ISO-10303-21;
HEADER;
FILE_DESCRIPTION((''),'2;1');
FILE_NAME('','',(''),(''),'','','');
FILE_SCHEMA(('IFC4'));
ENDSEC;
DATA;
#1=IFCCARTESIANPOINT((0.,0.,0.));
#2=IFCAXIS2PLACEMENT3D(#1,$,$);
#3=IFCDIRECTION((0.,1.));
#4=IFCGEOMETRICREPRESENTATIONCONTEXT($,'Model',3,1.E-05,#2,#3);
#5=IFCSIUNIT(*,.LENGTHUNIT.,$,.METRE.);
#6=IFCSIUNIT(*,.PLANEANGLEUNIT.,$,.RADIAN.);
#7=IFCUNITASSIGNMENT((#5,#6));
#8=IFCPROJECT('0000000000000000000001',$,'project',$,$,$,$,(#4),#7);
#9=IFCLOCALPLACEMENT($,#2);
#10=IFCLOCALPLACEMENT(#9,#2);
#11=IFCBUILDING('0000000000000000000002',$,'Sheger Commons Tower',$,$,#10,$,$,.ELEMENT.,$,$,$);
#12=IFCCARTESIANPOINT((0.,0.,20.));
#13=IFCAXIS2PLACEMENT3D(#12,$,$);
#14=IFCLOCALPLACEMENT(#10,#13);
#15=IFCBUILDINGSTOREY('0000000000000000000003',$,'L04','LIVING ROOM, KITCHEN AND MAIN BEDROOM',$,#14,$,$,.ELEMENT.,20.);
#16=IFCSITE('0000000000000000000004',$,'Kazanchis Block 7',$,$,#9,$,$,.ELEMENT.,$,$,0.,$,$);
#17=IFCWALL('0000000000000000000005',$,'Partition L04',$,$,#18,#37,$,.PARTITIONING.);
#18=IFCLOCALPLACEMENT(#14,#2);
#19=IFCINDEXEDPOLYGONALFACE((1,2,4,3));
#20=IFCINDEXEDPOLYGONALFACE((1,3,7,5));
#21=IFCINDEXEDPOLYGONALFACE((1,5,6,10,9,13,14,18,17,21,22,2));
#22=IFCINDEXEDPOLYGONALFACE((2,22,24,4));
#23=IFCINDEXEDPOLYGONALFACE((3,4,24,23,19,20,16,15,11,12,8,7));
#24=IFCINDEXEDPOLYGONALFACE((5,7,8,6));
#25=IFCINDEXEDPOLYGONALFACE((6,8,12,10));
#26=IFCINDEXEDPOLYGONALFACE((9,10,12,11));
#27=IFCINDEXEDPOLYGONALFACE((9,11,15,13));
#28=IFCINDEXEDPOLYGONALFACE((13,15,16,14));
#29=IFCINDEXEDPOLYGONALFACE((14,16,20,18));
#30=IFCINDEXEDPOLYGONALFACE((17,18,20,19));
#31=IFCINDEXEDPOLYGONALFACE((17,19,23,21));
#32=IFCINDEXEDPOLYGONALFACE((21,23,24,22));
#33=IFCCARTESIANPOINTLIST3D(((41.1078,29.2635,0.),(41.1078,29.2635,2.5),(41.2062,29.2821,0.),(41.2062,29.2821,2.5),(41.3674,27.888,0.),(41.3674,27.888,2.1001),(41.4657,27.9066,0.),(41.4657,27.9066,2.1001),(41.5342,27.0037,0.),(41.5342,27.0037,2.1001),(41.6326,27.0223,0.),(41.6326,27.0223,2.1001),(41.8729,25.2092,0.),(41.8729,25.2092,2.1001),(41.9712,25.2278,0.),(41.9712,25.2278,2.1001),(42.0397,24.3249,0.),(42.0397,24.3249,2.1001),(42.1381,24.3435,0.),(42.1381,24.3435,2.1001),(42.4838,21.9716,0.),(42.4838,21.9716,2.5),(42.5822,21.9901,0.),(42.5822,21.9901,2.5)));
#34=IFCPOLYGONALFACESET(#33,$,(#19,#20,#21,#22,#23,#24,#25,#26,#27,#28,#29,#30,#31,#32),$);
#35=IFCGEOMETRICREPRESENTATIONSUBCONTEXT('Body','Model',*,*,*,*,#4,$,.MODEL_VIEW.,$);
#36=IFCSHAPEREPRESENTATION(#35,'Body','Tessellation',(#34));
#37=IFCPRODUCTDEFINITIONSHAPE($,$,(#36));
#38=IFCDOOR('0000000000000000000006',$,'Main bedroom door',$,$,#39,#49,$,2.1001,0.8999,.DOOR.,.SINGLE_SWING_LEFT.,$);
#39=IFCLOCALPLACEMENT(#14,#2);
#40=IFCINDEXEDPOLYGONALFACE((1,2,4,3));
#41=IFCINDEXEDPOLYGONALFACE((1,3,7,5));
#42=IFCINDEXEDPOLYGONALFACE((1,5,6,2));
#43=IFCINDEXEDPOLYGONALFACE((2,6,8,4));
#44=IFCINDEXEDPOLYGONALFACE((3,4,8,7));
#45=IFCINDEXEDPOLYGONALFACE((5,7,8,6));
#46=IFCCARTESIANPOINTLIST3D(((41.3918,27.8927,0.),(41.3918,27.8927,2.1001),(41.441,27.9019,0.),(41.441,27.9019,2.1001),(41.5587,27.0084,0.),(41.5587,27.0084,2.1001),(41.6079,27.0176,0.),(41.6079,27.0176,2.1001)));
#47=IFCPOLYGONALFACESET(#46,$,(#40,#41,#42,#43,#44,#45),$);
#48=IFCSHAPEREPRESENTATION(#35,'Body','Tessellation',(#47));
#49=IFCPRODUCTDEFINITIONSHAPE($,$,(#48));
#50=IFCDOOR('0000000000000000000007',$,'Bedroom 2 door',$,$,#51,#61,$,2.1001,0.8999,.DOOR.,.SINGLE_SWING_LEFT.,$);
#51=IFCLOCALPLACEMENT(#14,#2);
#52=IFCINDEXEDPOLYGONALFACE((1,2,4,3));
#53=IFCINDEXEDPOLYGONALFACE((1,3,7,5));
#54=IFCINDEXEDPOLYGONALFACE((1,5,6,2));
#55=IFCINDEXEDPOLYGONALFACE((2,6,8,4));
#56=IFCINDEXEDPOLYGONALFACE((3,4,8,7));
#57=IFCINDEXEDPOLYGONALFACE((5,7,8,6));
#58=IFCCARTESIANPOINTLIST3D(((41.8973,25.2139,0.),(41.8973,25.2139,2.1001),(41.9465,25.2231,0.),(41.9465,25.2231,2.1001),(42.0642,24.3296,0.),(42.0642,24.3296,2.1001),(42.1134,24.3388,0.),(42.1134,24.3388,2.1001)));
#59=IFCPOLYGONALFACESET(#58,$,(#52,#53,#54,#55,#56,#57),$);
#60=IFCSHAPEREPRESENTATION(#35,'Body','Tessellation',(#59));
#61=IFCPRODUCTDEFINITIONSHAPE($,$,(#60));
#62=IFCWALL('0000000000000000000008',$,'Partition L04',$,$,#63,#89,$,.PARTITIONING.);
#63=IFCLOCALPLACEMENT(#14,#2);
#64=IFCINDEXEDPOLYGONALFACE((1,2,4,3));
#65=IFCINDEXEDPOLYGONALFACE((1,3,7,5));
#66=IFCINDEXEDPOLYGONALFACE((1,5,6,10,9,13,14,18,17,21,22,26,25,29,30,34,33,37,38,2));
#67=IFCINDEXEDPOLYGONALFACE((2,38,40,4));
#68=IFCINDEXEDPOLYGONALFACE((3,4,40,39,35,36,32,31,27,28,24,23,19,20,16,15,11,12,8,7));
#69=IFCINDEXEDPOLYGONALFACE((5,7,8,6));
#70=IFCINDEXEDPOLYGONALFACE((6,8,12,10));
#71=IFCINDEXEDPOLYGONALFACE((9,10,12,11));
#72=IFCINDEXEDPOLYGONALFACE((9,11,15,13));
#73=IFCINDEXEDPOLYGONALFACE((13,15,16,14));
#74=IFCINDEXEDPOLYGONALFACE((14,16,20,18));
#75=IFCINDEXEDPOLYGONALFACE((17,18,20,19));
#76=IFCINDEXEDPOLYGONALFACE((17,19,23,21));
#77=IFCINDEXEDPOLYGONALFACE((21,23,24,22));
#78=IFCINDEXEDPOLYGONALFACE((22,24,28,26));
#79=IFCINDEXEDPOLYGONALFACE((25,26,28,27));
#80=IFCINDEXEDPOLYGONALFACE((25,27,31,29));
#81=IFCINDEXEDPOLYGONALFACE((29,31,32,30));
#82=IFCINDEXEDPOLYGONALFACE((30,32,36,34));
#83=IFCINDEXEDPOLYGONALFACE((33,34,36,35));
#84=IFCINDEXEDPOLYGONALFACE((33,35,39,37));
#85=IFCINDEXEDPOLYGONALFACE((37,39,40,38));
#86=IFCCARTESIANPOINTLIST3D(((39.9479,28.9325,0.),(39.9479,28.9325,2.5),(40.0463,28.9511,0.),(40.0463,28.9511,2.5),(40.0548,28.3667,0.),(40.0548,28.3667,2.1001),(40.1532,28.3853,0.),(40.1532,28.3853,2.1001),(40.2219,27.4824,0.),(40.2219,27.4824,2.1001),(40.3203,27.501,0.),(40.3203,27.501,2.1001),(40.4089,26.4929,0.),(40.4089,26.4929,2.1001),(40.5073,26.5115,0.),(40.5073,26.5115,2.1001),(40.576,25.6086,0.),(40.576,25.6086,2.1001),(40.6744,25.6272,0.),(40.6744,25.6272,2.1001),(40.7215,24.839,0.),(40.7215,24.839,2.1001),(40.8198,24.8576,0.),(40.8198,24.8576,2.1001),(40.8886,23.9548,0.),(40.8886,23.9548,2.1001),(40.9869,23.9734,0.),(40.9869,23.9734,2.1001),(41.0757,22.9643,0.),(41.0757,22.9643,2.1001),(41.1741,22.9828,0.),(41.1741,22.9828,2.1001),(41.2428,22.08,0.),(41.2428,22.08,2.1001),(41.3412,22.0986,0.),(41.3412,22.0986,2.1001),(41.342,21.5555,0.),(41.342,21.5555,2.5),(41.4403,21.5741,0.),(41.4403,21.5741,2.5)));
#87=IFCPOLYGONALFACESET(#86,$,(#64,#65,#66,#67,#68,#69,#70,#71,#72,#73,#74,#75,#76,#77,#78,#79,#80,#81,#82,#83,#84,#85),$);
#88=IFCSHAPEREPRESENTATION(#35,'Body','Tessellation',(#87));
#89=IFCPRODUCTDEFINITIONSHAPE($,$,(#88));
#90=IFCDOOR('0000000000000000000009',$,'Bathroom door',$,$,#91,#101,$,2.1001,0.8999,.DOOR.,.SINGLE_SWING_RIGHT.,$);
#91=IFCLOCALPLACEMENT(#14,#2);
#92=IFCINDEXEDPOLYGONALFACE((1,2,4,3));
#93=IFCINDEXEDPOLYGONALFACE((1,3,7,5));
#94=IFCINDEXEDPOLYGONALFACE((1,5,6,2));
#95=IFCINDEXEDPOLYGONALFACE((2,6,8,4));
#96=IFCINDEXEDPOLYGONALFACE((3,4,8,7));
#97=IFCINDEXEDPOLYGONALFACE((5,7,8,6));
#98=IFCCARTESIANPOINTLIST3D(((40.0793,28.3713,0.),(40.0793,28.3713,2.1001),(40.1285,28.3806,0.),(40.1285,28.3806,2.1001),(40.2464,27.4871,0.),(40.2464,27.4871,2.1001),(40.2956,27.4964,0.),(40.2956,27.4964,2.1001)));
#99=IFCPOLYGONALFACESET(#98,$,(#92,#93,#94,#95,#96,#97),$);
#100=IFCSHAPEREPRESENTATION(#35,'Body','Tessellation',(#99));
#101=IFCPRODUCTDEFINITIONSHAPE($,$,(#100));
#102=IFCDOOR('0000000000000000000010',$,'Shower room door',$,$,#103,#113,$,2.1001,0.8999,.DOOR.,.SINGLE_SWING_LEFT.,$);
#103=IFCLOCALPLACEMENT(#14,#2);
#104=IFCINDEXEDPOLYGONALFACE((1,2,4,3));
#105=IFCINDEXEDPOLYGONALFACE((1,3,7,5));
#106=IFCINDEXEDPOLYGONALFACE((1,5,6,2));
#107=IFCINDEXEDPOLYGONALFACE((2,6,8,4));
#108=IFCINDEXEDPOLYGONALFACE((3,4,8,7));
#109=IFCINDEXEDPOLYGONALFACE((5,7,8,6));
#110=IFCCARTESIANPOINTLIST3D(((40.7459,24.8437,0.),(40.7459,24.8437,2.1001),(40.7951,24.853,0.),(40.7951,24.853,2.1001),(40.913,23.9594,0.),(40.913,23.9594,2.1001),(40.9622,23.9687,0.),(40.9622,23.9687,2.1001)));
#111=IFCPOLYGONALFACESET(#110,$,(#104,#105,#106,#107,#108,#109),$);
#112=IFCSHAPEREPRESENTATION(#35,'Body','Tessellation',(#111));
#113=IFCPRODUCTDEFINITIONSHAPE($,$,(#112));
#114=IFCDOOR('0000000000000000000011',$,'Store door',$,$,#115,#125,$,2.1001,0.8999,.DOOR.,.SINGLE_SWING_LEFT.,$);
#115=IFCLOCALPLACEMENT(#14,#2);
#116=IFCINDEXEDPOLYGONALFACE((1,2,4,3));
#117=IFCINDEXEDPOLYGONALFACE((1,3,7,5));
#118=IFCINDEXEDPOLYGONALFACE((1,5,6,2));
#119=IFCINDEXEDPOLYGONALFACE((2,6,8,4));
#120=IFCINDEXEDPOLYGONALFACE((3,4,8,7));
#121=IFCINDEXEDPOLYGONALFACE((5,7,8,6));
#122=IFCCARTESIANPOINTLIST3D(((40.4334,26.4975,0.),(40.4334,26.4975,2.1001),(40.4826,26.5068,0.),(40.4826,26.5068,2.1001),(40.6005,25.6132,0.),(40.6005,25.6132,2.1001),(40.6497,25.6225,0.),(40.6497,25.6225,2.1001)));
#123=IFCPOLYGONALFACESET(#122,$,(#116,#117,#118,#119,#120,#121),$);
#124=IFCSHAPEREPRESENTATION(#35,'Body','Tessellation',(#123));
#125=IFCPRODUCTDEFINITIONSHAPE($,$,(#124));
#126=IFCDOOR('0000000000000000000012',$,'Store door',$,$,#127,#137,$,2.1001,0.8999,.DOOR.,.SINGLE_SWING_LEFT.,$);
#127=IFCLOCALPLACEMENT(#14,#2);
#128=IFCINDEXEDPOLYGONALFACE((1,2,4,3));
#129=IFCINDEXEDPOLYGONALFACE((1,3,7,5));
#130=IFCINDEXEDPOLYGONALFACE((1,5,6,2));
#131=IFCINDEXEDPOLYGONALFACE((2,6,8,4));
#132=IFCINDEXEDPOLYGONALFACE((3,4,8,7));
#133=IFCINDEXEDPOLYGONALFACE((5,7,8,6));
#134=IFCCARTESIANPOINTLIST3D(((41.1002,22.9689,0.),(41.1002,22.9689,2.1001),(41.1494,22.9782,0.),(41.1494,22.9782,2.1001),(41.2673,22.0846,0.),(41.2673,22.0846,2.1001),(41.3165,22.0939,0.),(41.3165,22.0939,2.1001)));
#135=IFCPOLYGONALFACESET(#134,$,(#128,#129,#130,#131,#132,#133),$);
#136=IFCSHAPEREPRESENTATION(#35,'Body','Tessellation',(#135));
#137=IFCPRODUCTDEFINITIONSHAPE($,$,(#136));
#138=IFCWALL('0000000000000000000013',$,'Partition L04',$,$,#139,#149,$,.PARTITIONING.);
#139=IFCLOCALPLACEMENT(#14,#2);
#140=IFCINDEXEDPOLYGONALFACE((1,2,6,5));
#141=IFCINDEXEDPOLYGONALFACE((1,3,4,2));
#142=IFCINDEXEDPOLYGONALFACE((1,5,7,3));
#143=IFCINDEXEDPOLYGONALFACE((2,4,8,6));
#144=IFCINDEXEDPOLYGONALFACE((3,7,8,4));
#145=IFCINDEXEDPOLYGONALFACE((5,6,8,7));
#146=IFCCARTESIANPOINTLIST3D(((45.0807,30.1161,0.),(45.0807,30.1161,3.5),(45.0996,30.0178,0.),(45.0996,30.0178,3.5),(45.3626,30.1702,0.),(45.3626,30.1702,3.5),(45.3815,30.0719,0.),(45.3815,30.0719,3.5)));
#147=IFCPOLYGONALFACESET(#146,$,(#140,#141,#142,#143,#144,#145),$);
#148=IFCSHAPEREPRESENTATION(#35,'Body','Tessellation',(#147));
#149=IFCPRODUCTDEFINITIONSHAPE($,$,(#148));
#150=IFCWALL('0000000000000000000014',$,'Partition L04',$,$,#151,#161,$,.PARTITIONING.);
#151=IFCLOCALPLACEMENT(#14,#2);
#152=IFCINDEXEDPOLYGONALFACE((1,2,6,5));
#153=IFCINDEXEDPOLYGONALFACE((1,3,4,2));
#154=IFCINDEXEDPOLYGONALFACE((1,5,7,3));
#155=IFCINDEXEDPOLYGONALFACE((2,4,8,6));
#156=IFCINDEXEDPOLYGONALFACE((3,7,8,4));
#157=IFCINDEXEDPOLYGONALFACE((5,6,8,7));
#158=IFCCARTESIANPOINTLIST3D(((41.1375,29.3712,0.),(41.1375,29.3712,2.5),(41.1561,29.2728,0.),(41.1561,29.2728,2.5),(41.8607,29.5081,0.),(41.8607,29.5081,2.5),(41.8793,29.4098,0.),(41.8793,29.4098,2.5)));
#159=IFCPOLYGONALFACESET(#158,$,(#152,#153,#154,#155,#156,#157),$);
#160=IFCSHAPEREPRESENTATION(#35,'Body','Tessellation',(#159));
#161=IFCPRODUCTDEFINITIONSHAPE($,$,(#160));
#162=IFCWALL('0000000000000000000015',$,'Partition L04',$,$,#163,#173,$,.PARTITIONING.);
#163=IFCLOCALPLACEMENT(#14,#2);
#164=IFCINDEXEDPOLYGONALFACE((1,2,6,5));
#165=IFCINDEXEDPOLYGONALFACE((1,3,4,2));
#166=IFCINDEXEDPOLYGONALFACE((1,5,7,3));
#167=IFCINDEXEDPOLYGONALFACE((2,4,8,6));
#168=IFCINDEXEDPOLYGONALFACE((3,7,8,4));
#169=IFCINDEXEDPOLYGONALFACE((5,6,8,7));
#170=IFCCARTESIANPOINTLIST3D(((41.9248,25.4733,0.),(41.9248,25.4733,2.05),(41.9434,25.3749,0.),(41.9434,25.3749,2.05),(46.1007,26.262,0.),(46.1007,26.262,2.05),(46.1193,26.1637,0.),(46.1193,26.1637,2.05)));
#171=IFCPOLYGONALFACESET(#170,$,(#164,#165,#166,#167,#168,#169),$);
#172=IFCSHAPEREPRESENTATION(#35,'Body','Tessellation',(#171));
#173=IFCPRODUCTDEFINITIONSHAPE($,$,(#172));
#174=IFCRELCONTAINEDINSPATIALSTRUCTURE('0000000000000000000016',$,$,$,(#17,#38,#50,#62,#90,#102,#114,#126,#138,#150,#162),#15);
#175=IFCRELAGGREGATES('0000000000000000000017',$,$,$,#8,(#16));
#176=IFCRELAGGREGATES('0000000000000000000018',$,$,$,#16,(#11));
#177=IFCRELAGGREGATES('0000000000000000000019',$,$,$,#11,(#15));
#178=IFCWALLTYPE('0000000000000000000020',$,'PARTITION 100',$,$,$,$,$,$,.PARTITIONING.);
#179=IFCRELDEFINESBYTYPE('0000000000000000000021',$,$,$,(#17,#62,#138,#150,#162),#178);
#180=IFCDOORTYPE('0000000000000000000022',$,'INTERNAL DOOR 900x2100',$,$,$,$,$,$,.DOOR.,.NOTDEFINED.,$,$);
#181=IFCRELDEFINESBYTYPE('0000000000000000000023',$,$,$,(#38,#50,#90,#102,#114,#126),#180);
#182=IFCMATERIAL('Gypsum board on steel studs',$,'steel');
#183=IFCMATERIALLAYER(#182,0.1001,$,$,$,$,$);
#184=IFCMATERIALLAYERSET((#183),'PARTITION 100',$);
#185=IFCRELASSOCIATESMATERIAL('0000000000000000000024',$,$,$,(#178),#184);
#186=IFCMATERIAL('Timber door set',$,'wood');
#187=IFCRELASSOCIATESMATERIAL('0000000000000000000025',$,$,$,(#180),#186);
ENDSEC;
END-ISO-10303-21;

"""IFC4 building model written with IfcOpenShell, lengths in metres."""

from ifc_helpers import new_model, si_unit, direction, frame, frame_2d, origin, place, context, subcontext, project, spatial, rectangle, extrude, material, layer, layer_set, type_object, element, fill, save


model = new_model("IFC4")

# Units and contexts
model_context = context("Model", 3, precision=1e-05, world=origin(), true_north=direction((0.0, 1.0)))
body_context = subcontext(model_context, "Body", "Model", "MODEL_VIEW")
ifc_project = project(units=[si_unit("LENGTHUNIT", "METRE"), si_unit("PLANEANGLEUNIT", "RADIAN")], contexts=[model_context])

# Site, building, storey
site_placement = place(None, origin())
site = spatial("IfcSite", under=ifc_project, at=site_placement, Name="Kazanchis Block 7", CompositionType="ELEMENT", RefElevation=0.0)
building_placement = place(site_placement, origin())
building = spatial("IfcBuilding", under=site, at=building_placement, Name="Sheger Commons Tower", CompositionType="ELEMENT")
storey_placement = place(building_placement, frame((0.0, 0.0, 20.0)))
storey = spatial("IfcBuildingStorey", under=building, at=storey_placement, Name="L04", Description="LIVING ROOM, KITCHEN AND MAIN BEDROOM", CompositionType="ELEMENT", Elevation=20.0)

# Walls, openings, doors
ifc_material_1 = material(Name="Gypsum board on steel studs", Category="steel")
ifc_layer_1 = layer(ifc_material_1, 0.1001)
ifc_layer_set_1 = layer_set([ifc_layer_1], Name="PARTITION 100")
wall_type_1 = type_object("IfcWallType", Name="PARTITION 100", PredefinedType="PARTITIONING", material=ifc_layer_set_1)
wall_1_placement = place(storey_placement, frame((41.157, 29.2729, 0.0), z_axis=(0.0, 0.0, 1.0), x_axis=(0.185425, -0.982658, 0.0)))
wall_1 = element("IfcWall", 1, at=wall_1_placement, inside=storey, type_object=wall_type_1, Name="Partition L04", PredefinedType="PARTITIONING", context=body_context, shape_type="SweptSolid", body=[
    extrude(rectangle(XDim=7.4207, YDim=0.1001, at=frame_2d((3.7104, 0.0))), origin(), (0.0, 0.0, 1.0), 2.5),
])
opening_1_placement = place(wall_1_placement, frame((1.3999, 0.0, 0.0)))
opening_1 = element("IfcOpeningElement", 2, at=opening_1_placement, cuts=wall_1, PredefinedType="OPENING", context=body_context, shape_type="SweptSolid", body=[
    extrude(rectangle(XDim=0.8999, YDim=2.1001, at=frame_2d((0.45, 1.05))), frame((0.0, 0.0601, 0.0), z_axis=(0.0, -1.0, 0.0), x_axis=(1.0, 0.0, 0.0)), (0.0, 0.0, 1.0), 0.1201),
])
opening_2_placement = place(wall_1_placement, frame((4.126, 0.0, 0.0)))
opening_2 = element("IfcOpeningElement", 3, at=opening_2_placement, cuts=wall_1, PredefinedType="OPENING", context=body_context, shape_type="SweptSolid", body=[
    extrude(rectangle(XDim=0.8999, YDim=2.1001, at=frame_2d((0.45, 1.05))), frame((0.0, 0.0601, 0.0), z_axis=(0.0, -1.0, 0.0), x_axis=(1.0, 0.0, 0.0)), (0.0, 0.0, 1.0), 0.1201),
])
ifc_material_2 = material(Name="Timber door set", Category="wood")
door_type = type_object("IfcDoorType", Name="INTERNAL DOOR 900x2100", OperationType="NOTDEFINED", PredefinedType="DOOR", material=ifc_material_2)
door_1_placement = place(opening_1_placement, origin())
door_1 = element("IfcDoor", 4, at=door_1_placement, inside=storey, type_object=door_type, Name="Main bedroom door", OperationType="SINGLE_SWING_LEFT", OverallHeight=2.1001, OverallWidth=0.8999, PredefinedType="DOOR", context=body_context, shape_type="SweptSolid", body=[
    extrude(rectangle(XDim=0.8999, YDim=2.1001, at=frame_2d((0.45, 1.05))), frame((0.0, 0.0249, 0.0), z_axis=(0.0, -1.0, 0.0), x_axis=(1.0, 0.0, 0.0)), (0.0, 0.0, 1.0), 0.05),
])
fill(opening_1, door_1)
door_2_placement = place(opening_2_placement, origin())
door_2 = element("IfcDoor", 5, at=door_2_placement, inside=storey, type_object=door_type, Name="Bedroom 2 door", OperationType="SINGLE_SWING_LEFT", OverallHeight=2.1001, OverallWidth=0.8999, PredefinedType="DOOR", context=body_context, shape_type="SweptSolid", body=[
    extrude(rectangle(XDim=0.8999, YDim=2.1001, at=frame_2d((0.45, 1.05))), frame((0.0, 0.0249, 0.0), z_axis=(0.0, -1.0, 0.0), x_axis=(1.0, 0.0, 0.0)), (0.0, 0.0, 1.0), 0.05),
])
fill(opening_2, door_2)
wall_2_placement = place(storey_placement, frame((39.9971, 28.9419, 0.0), z_axis=(0.0, 0.0, 1.0), x_axis=(0.185686, -0.982609, 0.0)))
wall_2 = element("IfcWall", 6, at=wall_2_placement, inside=storey, type_object=wall_type_1, Name="Partition L04", PredefinedType="PARTITIONING", context=body_context, shape_type="SweptSolid", body=[
    extrude(rectangle(XDim=7.5076, YDim=0.1001, at=frame_2d((3.7539, 0.0))), origin(), (0.0, 0.0, 1.0), 2.5),
])
opening_3_placement = place(wall_2_placement, frame((0.5759, 0.0, 0.0)))
opening_3 = element("IfcOpeningElement", 7, at=opening_3_placement, cuts=wall_2, PredefinedType="OPENING", context=body_context, shape_type="SweptSolid", body=[
    extrude(rectangle(XDim=0.8999, YDim=2.1001, at=frame_2d((0.45, 1.05))), frame((0.0, 0.0601, 0.0), z_axis=(0.0, -1.0, 0.0), x_axis=(1.0, 0.0, 0.0)), (0.0, 0.0, 1.0), 0.1201),
])
opening_4_placement = place(wall_2_placement, frame((4.166, 0.0, 0.0)))
opening_4 = element("IfcOpeningElement", 8, at=opening_4_placement, cuts=wall_2, PredefinedType="OPENING", context=body_context, shape_type="SweptSolid", body=[
    extrude(rectangle(XDim=0.8999, YDim=2.1001, at=frame_2d((0.45, 1.05))), frame((0.0, 0.0601, 0.0), z_axis=(0.0, -1.0, 0.0), x_axis=(1.0, 0.0, 0.0)), (0.0, 0.0, 1.0), 0.1201),
])
opening_5_placement = place(wall_2_placement, frame((2.4829, 0.0, 0.0)))
opening_5 = element("IfcOpeningElement", 9, at=opening_5_placement, cuts=wall_2, PredefinedType="OPENING", context=body_context, shape_type="SweptSolid", body=[
    extrude(rectangle(XDim=0.8999, YDim=2.1001, at=frame_2d((0.45, 1.05))), frame((0.0, 0.0601, 0.0), z_axis=(0.0, -1.0, 0.0), x_axis=(1.0, 0.0, 0.0)), (0.0, 0.0, 1.0), 0.1201),
])
opening_6_placement = place(wall_2_placement, frame((6.074, 0.0, 0.0)))
opening_6 = element("IfcOpeningElement", 10, at=opening_6_placement, cuts=wall_2, PredefinedType="OPENING", context=body_context, shape_type="SweptSolid", body=[
    extrude(rectangle(XDim=0.8999, YDim=2.1001, at=frame_2d((0.45, 1.05))), frame((0.0, 0.0601, 0.0), z_axis=(0.0, -1.0, 0.0), x_axis=(1.0, 0.0, 0.0)), (0.0, 0.0, 1.0), 0.1201),
])
door_3_placement = place(opening_3_placement, origin())
door_3 = element("IfcDoor", 11, at=door_3_placement, inside=storey, type_object=door_type, Name="Bathroom door", OperationType="SINGLE_SWING_RIGHT", OverallHeight=2.1001, OverallWidth=0.8999, PredefinedType="DOOR", context=body_context, shape_type="SweptSolid", body=[
    extrude(rectangle(XDim=0.8999, YDim=2.1001, at=frame_2d((0.45, 1.05))), frame((0.0, 0.0249, 0.0), z_axis=(0.0, -1.0, 0.0), x_axis=(1.0, 0.0, 0.0)), (0.0, 0.0, 1.0), 0.05),
])
fill(opening_3, door_3)
door_4_placement = place(opening_4_placement, origin())
door_4 = element("IfcDoor", 12, at=door_4_placement, inside=storey, type_object=door_type, Name="Shower room door", OperationType="SINGLE_SWING_LEFT", OverallHeight=2.1001, OverallWidth=0.8999, PredefinedType="DOOR", context=body_context, shape_type="SweptSolid", body=[
    extrude(rectangle(XDim=0.8999, YDim=2.1001, at=frame_2d((0.45, 1.05))), frame((0.0, 0.0249, 0.0), z_axis=(0.0, -1.0, 0.0), x_axis=(1.0, 0.0, 0.0)), (0.0, 0.0, 1.0), 0.05),
])
fill(opening_4, door_4)
door_5_placement = place(opening_5_placement, origin())
door_5 = element("IfcDoor", 13, at=door_5_placement, inside=storey, type_object=door_type, Name="Store door", OperationType="SINGLE_SWING_LEFT", OverallHeight=2.1001, OverallWidth=0.8999, PredefinedType="DOOR", context=body_context, shape_type="SweptSolid", body=[
    extrude(rectangle(XDim=0.8999, YDim=2.1001, at=frame_2d((0.45, 1.05))), frame((0.0, 0.0249, 0.0), z_axis=(0.0, -1.0, 0.0), x_axis=(1.0, 0.0, 0.0)), (0.0, 0.0, 1.0), 0.05),
])
fill(opening_5, door_5)
door_6_placement = place(opening_6_placement, origin())
door_6 = element("IfcDoor", 14, at=door_6_placement, inside=storey, type_object=door_type, Name="Store door", OperationType="SINGLE_SWING_LEFT", OverallHeight=2.1001, OverallWidth=0.8999, PredefinedType="DOOR", context=body_context, shape_type="SweptSolid", body=[
    extrude(rectangle(XDim=0.8999, YDim=2.1001, at=frame_2d((0.45, 1.05))), frame((0.0, 0.0249, 0.0), z_axis=(0.0, -1.0, 0.0), x_axis=(1.0, 0.0, 0.0)), (0.0, 0.0, 1.0), 0.05),
])
fill(opening_6, door_6)

# Walls
wall_3_placement = place(storey_placement, frame((45.3721, 30.1211, 0.0), z_axis=(0.0, 0.0, 1.0), x_axis=(-0.982025, -0.188753, 0.0)))
element("IfcWall", 15, at=wall_3_placement, inside=storey, type_object=wall_type_1, Name="Partition L04", PredefinedType="PARTITIONING", context=body_context, shape_type="SweptSolid", body=[
    extrude(rectangle(XDim=0.2871, YDim=0.1001, at=frame_2d((0.1436, 0.0))), origin(), (0.0, 0.0, 1.0), 3.5),
])
wall_4_placement = place(storey_placement, frame((41.8701, 29.459, 0.0), z_axis=(0.0, 0.0, 1.0), x_axis=(-0.982533, -0.186091, 0.0)))
element("IfcWall", 16, at=wall_4_placement, inside=storey, type_object=wall_type_1, Name="Partition L04", PredefinedType="PARTITIONING", context=body_context, shape_type="SweptSolid", body=[
    extrude(rectangle(XDim=0.7361, YDim=0.1001, at=frame_2d((0.3682, 0.0))), origin(), (0.0, 0.0, 1.0), 2.5),
])
wall_5_placement = place(storey_placement, frame((46.1101, 26.2129, 0.0), z_axis=(0.0, 0.0, 1.0), x_axis=(-0.982624, -0.18561, 0.0)))
element("IfcWall", 17, at=wall_5_placement, inside=storey, type_object=wall_type_1, Name="Partition L04", PredefinedType="PARTITIONING", context=body_context, shape_type="SweptSolid", body=[
    extrude(rectangle(XDim=4.2498, YDim=0.1001, at=frame_2d((2.125, 0.0))), origin(), (0.0, 0.0, 1.0), 2.05),
])

save(model, "model.ifc")
